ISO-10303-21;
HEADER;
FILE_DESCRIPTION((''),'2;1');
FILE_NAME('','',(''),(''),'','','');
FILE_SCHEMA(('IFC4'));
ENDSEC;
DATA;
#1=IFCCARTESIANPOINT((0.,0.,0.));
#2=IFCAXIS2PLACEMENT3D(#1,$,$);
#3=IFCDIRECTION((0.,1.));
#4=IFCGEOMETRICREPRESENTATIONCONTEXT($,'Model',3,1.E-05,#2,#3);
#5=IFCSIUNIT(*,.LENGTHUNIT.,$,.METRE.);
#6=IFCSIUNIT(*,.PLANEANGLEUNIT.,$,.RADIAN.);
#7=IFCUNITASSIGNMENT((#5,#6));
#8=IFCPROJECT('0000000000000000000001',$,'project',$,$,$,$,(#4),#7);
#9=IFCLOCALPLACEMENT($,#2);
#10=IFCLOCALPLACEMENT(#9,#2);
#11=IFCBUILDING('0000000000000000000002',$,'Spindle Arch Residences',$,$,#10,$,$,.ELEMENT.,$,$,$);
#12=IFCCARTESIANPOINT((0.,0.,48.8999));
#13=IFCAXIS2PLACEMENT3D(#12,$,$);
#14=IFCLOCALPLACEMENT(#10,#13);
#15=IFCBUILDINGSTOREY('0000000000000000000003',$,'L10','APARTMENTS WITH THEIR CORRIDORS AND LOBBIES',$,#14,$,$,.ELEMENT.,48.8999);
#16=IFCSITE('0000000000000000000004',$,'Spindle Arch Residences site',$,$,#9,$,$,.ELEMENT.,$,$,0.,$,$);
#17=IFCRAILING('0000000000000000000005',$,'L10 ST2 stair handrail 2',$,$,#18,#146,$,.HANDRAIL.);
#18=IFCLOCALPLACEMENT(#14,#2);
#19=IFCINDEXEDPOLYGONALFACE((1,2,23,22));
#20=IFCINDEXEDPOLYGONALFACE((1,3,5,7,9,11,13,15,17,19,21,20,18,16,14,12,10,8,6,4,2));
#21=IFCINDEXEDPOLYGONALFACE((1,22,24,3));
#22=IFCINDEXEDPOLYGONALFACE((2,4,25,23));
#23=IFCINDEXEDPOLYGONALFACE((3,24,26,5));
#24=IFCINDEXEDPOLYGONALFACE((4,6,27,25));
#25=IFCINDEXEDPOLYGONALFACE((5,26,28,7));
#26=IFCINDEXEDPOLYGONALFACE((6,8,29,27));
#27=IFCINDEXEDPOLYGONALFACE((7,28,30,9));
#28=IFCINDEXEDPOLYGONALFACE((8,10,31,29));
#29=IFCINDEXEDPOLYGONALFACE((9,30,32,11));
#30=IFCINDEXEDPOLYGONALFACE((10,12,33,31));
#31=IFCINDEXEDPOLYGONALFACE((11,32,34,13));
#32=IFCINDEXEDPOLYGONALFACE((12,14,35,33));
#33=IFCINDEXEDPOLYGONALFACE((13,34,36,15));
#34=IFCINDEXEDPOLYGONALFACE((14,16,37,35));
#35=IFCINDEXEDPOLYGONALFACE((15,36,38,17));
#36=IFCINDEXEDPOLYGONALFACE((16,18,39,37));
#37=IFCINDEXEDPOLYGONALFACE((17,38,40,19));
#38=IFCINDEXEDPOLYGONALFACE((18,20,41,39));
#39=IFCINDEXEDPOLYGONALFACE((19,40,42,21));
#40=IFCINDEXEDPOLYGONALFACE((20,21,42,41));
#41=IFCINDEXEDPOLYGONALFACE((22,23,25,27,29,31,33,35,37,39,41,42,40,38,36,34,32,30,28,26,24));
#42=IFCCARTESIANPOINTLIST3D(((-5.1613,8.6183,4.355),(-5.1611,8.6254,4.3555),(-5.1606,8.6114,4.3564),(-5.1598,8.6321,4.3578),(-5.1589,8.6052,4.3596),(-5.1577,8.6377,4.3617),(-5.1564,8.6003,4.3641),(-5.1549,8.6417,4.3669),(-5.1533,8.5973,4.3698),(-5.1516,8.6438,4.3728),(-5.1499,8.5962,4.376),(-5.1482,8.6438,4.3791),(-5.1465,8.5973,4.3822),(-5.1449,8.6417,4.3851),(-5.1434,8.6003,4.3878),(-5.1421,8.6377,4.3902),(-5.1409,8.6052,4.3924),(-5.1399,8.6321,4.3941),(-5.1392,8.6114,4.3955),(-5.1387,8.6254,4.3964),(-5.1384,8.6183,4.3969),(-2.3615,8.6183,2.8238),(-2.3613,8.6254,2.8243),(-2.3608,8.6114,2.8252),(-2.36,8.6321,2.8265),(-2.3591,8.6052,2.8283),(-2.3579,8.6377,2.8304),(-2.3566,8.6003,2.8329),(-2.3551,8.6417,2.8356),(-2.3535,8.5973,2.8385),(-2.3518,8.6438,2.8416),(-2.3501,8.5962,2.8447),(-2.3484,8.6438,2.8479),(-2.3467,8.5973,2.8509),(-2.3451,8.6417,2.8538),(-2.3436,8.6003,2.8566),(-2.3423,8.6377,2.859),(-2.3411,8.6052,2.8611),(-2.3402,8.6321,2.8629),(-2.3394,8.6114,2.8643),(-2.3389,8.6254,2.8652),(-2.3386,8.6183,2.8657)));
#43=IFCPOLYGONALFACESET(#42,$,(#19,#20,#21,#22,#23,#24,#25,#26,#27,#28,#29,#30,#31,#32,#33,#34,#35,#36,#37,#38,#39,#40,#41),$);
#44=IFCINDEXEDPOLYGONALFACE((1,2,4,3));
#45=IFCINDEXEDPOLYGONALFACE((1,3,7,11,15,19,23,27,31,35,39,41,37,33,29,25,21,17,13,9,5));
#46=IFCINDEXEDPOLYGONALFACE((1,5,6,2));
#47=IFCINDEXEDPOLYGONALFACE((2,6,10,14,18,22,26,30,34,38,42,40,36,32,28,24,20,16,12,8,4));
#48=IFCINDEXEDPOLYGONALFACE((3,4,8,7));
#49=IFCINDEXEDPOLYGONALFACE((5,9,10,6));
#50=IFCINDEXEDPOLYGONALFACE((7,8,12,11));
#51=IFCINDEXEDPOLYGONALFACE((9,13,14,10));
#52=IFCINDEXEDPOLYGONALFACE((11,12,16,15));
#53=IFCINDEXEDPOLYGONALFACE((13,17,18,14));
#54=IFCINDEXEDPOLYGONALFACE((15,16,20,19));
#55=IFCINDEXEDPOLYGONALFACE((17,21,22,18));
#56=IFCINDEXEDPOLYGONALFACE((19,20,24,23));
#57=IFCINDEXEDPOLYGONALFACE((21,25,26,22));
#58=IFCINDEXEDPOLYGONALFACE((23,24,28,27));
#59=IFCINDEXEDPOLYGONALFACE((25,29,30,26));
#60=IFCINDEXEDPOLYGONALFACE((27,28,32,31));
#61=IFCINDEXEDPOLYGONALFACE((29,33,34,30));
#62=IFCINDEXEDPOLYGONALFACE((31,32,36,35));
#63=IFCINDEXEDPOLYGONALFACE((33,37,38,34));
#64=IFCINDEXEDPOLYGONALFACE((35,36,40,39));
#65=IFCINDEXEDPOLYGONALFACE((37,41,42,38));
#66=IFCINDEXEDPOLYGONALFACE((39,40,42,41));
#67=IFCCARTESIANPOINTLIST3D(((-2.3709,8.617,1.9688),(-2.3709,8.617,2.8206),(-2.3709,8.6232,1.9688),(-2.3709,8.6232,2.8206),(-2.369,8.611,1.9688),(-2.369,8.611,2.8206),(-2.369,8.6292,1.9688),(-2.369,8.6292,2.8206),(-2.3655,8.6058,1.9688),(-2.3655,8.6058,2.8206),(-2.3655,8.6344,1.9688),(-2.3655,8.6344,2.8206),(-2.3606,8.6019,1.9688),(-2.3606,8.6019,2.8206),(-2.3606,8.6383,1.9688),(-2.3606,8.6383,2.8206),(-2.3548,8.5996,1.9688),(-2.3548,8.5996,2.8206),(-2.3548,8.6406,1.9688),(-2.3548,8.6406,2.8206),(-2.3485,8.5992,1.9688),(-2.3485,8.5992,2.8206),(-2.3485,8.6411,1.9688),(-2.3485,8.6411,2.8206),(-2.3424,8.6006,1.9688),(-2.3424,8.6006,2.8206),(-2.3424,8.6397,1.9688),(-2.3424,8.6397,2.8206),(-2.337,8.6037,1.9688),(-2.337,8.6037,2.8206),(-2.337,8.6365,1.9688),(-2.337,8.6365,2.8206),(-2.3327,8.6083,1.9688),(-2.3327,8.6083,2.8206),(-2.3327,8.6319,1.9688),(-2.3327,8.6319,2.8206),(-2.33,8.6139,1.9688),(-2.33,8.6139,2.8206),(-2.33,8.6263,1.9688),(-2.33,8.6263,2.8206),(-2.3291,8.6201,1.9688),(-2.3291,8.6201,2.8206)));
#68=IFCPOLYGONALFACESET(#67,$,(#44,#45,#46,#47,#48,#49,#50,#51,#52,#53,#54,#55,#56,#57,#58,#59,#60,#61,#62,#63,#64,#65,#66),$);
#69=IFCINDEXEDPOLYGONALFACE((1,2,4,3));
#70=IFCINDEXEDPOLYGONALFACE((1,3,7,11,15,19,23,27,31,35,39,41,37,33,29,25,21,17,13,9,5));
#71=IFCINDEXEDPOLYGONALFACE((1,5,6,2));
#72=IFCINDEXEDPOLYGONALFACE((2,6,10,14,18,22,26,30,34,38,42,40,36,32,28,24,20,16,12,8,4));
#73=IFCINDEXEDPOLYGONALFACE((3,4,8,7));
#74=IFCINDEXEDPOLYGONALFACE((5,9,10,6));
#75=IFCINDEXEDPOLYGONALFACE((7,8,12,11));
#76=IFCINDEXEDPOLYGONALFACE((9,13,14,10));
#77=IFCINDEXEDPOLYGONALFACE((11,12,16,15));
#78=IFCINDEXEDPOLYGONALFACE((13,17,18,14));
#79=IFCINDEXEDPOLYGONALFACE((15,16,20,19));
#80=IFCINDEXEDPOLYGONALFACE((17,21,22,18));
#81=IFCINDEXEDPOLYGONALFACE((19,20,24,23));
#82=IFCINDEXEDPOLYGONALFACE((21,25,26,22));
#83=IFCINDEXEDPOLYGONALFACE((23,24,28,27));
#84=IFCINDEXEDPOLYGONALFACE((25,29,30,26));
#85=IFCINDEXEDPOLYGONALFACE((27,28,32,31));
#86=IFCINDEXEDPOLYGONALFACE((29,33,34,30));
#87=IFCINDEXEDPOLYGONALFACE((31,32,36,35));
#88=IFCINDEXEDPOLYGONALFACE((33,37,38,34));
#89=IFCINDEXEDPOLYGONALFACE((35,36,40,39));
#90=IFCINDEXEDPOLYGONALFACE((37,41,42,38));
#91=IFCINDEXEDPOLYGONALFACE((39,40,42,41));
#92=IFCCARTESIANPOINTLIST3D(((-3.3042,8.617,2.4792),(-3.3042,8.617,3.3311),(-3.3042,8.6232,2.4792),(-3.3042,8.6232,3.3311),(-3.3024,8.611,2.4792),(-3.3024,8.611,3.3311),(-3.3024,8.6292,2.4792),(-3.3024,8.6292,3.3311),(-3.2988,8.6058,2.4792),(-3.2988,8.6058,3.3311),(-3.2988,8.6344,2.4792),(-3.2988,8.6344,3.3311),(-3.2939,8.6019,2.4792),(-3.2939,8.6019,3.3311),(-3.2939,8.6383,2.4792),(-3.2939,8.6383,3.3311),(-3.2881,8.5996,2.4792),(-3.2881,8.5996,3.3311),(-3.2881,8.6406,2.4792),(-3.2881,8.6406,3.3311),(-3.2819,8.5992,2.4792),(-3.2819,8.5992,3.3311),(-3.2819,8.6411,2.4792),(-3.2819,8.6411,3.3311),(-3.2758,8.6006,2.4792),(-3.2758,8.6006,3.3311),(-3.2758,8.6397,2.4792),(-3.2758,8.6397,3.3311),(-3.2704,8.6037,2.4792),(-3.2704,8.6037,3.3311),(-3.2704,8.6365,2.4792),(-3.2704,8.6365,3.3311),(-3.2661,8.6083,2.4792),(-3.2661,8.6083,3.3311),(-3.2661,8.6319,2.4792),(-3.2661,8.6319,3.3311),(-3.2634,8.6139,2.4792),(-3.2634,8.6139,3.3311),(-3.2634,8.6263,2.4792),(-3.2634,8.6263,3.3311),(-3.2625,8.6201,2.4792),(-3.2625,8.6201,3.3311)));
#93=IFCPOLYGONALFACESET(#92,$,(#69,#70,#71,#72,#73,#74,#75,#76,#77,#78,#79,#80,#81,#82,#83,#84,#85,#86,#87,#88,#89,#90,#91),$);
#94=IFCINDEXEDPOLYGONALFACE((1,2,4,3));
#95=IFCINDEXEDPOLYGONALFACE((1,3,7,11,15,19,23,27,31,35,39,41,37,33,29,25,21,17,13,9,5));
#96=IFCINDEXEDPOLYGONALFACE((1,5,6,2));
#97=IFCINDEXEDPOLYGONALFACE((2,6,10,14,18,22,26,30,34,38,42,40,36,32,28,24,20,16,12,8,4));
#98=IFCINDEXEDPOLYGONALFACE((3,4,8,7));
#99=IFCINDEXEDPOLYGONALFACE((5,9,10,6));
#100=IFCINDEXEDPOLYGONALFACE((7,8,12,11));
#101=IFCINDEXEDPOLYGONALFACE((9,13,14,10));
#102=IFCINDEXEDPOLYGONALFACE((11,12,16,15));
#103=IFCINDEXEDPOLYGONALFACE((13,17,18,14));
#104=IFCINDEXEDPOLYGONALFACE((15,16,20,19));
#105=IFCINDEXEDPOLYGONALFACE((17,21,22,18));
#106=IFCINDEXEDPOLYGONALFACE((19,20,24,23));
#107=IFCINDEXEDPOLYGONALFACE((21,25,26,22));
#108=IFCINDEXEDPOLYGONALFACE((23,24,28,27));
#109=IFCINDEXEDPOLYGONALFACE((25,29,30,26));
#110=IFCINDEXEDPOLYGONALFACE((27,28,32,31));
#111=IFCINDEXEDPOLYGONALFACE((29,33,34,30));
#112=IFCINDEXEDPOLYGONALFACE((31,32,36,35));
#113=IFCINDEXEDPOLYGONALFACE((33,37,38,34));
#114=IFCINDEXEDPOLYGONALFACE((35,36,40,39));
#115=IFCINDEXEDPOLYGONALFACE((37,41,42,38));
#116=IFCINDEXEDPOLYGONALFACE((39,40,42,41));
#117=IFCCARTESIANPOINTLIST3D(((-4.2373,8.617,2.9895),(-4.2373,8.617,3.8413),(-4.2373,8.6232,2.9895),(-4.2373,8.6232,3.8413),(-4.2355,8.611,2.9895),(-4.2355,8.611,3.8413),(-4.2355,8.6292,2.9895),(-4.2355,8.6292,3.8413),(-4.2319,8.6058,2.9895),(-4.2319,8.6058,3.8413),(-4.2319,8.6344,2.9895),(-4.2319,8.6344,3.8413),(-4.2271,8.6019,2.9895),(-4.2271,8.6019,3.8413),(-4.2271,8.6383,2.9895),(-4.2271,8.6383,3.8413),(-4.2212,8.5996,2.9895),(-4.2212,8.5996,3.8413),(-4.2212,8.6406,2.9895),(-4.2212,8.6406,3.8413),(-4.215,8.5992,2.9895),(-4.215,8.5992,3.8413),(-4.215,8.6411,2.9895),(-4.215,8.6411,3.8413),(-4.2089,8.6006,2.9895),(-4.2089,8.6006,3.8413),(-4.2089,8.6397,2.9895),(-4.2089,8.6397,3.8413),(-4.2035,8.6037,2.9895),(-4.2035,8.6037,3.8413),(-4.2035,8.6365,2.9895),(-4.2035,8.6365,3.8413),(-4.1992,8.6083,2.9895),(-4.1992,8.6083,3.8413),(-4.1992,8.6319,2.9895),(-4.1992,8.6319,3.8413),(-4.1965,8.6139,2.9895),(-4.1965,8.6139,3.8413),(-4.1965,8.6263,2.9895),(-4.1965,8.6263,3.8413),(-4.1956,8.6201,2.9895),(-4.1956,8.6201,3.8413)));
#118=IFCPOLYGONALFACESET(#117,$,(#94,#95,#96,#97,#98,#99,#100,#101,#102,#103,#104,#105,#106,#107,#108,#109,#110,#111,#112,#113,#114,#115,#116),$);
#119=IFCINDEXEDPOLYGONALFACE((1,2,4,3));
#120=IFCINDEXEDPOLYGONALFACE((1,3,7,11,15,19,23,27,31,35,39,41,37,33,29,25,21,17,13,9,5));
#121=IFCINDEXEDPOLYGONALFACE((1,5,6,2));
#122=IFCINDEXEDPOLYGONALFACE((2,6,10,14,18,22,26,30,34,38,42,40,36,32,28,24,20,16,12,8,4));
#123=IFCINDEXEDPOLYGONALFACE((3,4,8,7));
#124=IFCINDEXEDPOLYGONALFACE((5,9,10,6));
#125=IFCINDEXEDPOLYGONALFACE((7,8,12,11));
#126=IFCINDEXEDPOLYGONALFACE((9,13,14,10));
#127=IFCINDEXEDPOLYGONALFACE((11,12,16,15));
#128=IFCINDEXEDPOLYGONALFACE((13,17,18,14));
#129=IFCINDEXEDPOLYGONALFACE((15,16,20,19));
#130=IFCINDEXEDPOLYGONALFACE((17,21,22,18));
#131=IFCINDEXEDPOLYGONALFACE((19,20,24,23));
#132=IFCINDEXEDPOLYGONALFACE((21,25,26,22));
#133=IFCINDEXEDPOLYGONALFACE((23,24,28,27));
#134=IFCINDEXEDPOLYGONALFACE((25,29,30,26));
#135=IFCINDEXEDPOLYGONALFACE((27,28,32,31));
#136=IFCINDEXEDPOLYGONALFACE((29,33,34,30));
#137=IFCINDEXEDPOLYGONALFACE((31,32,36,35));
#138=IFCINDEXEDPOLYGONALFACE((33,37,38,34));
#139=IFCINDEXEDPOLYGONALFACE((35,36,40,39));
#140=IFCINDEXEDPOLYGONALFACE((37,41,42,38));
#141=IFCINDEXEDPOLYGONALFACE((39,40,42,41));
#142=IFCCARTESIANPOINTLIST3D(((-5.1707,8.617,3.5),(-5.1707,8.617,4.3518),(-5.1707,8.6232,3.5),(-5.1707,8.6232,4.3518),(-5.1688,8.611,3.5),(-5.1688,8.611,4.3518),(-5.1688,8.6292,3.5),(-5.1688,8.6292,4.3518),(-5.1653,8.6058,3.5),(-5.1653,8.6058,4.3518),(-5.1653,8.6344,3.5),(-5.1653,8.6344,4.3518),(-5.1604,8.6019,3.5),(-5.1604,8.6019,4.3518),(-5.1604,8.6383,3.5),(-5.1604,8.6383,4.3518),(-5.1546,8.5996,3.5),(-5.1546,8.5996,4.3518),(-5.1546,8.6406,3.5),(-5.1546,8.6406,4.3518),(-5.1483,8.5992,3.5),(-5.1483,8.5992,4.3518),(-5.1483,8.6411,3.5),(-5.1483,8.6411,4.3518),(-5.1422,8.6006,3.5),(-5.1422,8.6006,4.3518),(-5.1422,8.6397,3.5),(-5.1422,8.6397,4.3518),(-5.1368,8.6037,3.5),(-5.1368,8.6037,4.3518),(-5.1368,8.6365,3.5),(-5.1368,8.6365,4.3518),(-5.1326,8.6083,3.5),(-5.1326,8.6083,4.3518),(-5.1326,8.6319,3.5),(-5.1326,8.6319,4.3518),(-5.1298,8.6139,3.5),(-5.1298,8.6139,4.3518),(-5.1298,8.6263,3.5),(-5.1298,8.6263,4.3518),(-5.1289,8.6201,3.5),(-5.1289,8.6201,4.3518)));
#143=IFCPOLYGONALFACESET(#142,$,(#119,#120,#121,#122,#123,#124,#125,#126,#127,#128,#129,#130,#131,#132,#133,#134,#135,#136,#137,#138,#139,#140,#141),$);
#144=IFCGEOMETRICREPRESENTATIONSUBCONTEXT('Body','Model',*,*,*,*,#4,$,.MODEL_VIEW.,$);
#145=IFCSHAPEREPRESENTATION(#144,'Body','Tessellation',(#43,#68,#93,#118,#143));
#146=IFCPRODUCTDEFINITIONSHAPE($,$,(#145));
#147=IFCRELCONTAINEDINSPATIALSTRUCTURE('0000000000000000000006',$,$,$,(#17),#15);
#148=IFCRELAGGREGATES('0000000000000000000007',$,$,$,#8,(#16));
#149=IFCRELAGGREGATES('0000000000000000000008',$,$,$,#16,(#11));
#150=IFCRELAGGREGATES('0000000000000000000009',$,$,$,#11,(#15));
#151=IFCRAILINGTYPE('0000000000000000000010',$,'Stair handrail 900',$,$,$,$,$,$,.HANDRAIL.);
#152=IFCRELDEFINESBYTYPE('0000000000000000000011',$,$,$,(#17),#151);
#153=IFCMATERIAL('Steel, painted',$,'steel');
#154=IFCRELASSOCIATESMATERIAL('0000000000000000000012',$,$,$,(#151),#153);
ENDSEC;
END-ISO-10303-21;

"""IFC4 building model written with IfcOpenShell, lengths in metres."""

from ifc_helpers import new_model, si_unit, direction, frame, origin, origin_2d, place, context, subcontext, project, spatial, circle, extrude, material, type_object, element, save


model = new_model("IFC4")

# Units and contexts
model_context = context("Model", 3, precision=1e-05, world=origin(), true_north=direction((0.0, 1.0)))
body_context = subcontext(model_context, "Body", "Model", "MODEL_VIEW")
ifc_project = project(units=[si_unit("LENGTHUNIT", "METRE"), si_unit("PLANEANGLEUNIT", "RADIAN")], contexts=[model_context])

# Site, building, storey
site_placement = place(None, origin())
site = spatial("IfcSite", under=ifc_project, at=site_placement, Name="Spindle Arch Residences site", CompositionType="ELEMENT", RefElevation=0.0)
building_placement = place(site_placement, origin())
building = spatial("IfcBuilding", under=site, at=building_placement, Name="Spindle Arch Residences", CompositionType="ELEMENT")
storey_placement = place(building_placement, frame((0.0, 0.0, 48.8999)))
storey = spatial("IfcBuildingStorey", under=building, at=storey_placement, Name="L10", Description="APARTMENTS WITH THEIR CORRIDORS AND LOBBIES", CompositionType="ELEMENT", Elevation=48.8999)

# Railing
ifc_material_1 = material(Name="Steel, painted", Category="steel")
railing_type_1 = type_object("IfcRailingType", Name="Stair handrail 900", PredefinedType="HANDRAIL", material=ifc_material_1)
railing_1_placement = place(storey_placement, frame((-2.3501, 8.6201, 1.9688)))
element("IfcRailing", 1, at=railing_1_placement, inside=storey, type_object=railing_type_1, Name="L10 ST2 stair handrail 2", PredefinedType="HANDRAIL", context=body_context, shape_type="SweptSolid", body=[
    extrude(circle(Radius=0.0239, at=origin_2d()), frame((0.0, 0.0, 0.876), z_axis=(-0.877357, 0.0, 0.479838), x_axis=(0.0, -1.0, 0.0)), (0.0, 0.0, 1.0), 3.1912),
    extrude(circle(Radius=0.021, at=origin_2d()), origin(), (0.0, 0.0, 1.0), 0.8518),
    extrude(circle(Radius=0.021, at=origin_2d()), frame((-0.9333, 0.0, 0.5105)), (0.0, 0.0, 1.0), 0.8518),
    extrude(circle(Radius=0.021, at=origin_2d()), frame((-1.8665, 0.0, 1.0208)), (0.0, 0.0, 1.0), 0.8518),
    extrude(circle(Radius=0.021, at=origin_2d()), frame((-2.7998, 0.0, 1.5312)), (0.0, 0.0, 1.0), 0.8518),
])

save(model, "model.ifc")
